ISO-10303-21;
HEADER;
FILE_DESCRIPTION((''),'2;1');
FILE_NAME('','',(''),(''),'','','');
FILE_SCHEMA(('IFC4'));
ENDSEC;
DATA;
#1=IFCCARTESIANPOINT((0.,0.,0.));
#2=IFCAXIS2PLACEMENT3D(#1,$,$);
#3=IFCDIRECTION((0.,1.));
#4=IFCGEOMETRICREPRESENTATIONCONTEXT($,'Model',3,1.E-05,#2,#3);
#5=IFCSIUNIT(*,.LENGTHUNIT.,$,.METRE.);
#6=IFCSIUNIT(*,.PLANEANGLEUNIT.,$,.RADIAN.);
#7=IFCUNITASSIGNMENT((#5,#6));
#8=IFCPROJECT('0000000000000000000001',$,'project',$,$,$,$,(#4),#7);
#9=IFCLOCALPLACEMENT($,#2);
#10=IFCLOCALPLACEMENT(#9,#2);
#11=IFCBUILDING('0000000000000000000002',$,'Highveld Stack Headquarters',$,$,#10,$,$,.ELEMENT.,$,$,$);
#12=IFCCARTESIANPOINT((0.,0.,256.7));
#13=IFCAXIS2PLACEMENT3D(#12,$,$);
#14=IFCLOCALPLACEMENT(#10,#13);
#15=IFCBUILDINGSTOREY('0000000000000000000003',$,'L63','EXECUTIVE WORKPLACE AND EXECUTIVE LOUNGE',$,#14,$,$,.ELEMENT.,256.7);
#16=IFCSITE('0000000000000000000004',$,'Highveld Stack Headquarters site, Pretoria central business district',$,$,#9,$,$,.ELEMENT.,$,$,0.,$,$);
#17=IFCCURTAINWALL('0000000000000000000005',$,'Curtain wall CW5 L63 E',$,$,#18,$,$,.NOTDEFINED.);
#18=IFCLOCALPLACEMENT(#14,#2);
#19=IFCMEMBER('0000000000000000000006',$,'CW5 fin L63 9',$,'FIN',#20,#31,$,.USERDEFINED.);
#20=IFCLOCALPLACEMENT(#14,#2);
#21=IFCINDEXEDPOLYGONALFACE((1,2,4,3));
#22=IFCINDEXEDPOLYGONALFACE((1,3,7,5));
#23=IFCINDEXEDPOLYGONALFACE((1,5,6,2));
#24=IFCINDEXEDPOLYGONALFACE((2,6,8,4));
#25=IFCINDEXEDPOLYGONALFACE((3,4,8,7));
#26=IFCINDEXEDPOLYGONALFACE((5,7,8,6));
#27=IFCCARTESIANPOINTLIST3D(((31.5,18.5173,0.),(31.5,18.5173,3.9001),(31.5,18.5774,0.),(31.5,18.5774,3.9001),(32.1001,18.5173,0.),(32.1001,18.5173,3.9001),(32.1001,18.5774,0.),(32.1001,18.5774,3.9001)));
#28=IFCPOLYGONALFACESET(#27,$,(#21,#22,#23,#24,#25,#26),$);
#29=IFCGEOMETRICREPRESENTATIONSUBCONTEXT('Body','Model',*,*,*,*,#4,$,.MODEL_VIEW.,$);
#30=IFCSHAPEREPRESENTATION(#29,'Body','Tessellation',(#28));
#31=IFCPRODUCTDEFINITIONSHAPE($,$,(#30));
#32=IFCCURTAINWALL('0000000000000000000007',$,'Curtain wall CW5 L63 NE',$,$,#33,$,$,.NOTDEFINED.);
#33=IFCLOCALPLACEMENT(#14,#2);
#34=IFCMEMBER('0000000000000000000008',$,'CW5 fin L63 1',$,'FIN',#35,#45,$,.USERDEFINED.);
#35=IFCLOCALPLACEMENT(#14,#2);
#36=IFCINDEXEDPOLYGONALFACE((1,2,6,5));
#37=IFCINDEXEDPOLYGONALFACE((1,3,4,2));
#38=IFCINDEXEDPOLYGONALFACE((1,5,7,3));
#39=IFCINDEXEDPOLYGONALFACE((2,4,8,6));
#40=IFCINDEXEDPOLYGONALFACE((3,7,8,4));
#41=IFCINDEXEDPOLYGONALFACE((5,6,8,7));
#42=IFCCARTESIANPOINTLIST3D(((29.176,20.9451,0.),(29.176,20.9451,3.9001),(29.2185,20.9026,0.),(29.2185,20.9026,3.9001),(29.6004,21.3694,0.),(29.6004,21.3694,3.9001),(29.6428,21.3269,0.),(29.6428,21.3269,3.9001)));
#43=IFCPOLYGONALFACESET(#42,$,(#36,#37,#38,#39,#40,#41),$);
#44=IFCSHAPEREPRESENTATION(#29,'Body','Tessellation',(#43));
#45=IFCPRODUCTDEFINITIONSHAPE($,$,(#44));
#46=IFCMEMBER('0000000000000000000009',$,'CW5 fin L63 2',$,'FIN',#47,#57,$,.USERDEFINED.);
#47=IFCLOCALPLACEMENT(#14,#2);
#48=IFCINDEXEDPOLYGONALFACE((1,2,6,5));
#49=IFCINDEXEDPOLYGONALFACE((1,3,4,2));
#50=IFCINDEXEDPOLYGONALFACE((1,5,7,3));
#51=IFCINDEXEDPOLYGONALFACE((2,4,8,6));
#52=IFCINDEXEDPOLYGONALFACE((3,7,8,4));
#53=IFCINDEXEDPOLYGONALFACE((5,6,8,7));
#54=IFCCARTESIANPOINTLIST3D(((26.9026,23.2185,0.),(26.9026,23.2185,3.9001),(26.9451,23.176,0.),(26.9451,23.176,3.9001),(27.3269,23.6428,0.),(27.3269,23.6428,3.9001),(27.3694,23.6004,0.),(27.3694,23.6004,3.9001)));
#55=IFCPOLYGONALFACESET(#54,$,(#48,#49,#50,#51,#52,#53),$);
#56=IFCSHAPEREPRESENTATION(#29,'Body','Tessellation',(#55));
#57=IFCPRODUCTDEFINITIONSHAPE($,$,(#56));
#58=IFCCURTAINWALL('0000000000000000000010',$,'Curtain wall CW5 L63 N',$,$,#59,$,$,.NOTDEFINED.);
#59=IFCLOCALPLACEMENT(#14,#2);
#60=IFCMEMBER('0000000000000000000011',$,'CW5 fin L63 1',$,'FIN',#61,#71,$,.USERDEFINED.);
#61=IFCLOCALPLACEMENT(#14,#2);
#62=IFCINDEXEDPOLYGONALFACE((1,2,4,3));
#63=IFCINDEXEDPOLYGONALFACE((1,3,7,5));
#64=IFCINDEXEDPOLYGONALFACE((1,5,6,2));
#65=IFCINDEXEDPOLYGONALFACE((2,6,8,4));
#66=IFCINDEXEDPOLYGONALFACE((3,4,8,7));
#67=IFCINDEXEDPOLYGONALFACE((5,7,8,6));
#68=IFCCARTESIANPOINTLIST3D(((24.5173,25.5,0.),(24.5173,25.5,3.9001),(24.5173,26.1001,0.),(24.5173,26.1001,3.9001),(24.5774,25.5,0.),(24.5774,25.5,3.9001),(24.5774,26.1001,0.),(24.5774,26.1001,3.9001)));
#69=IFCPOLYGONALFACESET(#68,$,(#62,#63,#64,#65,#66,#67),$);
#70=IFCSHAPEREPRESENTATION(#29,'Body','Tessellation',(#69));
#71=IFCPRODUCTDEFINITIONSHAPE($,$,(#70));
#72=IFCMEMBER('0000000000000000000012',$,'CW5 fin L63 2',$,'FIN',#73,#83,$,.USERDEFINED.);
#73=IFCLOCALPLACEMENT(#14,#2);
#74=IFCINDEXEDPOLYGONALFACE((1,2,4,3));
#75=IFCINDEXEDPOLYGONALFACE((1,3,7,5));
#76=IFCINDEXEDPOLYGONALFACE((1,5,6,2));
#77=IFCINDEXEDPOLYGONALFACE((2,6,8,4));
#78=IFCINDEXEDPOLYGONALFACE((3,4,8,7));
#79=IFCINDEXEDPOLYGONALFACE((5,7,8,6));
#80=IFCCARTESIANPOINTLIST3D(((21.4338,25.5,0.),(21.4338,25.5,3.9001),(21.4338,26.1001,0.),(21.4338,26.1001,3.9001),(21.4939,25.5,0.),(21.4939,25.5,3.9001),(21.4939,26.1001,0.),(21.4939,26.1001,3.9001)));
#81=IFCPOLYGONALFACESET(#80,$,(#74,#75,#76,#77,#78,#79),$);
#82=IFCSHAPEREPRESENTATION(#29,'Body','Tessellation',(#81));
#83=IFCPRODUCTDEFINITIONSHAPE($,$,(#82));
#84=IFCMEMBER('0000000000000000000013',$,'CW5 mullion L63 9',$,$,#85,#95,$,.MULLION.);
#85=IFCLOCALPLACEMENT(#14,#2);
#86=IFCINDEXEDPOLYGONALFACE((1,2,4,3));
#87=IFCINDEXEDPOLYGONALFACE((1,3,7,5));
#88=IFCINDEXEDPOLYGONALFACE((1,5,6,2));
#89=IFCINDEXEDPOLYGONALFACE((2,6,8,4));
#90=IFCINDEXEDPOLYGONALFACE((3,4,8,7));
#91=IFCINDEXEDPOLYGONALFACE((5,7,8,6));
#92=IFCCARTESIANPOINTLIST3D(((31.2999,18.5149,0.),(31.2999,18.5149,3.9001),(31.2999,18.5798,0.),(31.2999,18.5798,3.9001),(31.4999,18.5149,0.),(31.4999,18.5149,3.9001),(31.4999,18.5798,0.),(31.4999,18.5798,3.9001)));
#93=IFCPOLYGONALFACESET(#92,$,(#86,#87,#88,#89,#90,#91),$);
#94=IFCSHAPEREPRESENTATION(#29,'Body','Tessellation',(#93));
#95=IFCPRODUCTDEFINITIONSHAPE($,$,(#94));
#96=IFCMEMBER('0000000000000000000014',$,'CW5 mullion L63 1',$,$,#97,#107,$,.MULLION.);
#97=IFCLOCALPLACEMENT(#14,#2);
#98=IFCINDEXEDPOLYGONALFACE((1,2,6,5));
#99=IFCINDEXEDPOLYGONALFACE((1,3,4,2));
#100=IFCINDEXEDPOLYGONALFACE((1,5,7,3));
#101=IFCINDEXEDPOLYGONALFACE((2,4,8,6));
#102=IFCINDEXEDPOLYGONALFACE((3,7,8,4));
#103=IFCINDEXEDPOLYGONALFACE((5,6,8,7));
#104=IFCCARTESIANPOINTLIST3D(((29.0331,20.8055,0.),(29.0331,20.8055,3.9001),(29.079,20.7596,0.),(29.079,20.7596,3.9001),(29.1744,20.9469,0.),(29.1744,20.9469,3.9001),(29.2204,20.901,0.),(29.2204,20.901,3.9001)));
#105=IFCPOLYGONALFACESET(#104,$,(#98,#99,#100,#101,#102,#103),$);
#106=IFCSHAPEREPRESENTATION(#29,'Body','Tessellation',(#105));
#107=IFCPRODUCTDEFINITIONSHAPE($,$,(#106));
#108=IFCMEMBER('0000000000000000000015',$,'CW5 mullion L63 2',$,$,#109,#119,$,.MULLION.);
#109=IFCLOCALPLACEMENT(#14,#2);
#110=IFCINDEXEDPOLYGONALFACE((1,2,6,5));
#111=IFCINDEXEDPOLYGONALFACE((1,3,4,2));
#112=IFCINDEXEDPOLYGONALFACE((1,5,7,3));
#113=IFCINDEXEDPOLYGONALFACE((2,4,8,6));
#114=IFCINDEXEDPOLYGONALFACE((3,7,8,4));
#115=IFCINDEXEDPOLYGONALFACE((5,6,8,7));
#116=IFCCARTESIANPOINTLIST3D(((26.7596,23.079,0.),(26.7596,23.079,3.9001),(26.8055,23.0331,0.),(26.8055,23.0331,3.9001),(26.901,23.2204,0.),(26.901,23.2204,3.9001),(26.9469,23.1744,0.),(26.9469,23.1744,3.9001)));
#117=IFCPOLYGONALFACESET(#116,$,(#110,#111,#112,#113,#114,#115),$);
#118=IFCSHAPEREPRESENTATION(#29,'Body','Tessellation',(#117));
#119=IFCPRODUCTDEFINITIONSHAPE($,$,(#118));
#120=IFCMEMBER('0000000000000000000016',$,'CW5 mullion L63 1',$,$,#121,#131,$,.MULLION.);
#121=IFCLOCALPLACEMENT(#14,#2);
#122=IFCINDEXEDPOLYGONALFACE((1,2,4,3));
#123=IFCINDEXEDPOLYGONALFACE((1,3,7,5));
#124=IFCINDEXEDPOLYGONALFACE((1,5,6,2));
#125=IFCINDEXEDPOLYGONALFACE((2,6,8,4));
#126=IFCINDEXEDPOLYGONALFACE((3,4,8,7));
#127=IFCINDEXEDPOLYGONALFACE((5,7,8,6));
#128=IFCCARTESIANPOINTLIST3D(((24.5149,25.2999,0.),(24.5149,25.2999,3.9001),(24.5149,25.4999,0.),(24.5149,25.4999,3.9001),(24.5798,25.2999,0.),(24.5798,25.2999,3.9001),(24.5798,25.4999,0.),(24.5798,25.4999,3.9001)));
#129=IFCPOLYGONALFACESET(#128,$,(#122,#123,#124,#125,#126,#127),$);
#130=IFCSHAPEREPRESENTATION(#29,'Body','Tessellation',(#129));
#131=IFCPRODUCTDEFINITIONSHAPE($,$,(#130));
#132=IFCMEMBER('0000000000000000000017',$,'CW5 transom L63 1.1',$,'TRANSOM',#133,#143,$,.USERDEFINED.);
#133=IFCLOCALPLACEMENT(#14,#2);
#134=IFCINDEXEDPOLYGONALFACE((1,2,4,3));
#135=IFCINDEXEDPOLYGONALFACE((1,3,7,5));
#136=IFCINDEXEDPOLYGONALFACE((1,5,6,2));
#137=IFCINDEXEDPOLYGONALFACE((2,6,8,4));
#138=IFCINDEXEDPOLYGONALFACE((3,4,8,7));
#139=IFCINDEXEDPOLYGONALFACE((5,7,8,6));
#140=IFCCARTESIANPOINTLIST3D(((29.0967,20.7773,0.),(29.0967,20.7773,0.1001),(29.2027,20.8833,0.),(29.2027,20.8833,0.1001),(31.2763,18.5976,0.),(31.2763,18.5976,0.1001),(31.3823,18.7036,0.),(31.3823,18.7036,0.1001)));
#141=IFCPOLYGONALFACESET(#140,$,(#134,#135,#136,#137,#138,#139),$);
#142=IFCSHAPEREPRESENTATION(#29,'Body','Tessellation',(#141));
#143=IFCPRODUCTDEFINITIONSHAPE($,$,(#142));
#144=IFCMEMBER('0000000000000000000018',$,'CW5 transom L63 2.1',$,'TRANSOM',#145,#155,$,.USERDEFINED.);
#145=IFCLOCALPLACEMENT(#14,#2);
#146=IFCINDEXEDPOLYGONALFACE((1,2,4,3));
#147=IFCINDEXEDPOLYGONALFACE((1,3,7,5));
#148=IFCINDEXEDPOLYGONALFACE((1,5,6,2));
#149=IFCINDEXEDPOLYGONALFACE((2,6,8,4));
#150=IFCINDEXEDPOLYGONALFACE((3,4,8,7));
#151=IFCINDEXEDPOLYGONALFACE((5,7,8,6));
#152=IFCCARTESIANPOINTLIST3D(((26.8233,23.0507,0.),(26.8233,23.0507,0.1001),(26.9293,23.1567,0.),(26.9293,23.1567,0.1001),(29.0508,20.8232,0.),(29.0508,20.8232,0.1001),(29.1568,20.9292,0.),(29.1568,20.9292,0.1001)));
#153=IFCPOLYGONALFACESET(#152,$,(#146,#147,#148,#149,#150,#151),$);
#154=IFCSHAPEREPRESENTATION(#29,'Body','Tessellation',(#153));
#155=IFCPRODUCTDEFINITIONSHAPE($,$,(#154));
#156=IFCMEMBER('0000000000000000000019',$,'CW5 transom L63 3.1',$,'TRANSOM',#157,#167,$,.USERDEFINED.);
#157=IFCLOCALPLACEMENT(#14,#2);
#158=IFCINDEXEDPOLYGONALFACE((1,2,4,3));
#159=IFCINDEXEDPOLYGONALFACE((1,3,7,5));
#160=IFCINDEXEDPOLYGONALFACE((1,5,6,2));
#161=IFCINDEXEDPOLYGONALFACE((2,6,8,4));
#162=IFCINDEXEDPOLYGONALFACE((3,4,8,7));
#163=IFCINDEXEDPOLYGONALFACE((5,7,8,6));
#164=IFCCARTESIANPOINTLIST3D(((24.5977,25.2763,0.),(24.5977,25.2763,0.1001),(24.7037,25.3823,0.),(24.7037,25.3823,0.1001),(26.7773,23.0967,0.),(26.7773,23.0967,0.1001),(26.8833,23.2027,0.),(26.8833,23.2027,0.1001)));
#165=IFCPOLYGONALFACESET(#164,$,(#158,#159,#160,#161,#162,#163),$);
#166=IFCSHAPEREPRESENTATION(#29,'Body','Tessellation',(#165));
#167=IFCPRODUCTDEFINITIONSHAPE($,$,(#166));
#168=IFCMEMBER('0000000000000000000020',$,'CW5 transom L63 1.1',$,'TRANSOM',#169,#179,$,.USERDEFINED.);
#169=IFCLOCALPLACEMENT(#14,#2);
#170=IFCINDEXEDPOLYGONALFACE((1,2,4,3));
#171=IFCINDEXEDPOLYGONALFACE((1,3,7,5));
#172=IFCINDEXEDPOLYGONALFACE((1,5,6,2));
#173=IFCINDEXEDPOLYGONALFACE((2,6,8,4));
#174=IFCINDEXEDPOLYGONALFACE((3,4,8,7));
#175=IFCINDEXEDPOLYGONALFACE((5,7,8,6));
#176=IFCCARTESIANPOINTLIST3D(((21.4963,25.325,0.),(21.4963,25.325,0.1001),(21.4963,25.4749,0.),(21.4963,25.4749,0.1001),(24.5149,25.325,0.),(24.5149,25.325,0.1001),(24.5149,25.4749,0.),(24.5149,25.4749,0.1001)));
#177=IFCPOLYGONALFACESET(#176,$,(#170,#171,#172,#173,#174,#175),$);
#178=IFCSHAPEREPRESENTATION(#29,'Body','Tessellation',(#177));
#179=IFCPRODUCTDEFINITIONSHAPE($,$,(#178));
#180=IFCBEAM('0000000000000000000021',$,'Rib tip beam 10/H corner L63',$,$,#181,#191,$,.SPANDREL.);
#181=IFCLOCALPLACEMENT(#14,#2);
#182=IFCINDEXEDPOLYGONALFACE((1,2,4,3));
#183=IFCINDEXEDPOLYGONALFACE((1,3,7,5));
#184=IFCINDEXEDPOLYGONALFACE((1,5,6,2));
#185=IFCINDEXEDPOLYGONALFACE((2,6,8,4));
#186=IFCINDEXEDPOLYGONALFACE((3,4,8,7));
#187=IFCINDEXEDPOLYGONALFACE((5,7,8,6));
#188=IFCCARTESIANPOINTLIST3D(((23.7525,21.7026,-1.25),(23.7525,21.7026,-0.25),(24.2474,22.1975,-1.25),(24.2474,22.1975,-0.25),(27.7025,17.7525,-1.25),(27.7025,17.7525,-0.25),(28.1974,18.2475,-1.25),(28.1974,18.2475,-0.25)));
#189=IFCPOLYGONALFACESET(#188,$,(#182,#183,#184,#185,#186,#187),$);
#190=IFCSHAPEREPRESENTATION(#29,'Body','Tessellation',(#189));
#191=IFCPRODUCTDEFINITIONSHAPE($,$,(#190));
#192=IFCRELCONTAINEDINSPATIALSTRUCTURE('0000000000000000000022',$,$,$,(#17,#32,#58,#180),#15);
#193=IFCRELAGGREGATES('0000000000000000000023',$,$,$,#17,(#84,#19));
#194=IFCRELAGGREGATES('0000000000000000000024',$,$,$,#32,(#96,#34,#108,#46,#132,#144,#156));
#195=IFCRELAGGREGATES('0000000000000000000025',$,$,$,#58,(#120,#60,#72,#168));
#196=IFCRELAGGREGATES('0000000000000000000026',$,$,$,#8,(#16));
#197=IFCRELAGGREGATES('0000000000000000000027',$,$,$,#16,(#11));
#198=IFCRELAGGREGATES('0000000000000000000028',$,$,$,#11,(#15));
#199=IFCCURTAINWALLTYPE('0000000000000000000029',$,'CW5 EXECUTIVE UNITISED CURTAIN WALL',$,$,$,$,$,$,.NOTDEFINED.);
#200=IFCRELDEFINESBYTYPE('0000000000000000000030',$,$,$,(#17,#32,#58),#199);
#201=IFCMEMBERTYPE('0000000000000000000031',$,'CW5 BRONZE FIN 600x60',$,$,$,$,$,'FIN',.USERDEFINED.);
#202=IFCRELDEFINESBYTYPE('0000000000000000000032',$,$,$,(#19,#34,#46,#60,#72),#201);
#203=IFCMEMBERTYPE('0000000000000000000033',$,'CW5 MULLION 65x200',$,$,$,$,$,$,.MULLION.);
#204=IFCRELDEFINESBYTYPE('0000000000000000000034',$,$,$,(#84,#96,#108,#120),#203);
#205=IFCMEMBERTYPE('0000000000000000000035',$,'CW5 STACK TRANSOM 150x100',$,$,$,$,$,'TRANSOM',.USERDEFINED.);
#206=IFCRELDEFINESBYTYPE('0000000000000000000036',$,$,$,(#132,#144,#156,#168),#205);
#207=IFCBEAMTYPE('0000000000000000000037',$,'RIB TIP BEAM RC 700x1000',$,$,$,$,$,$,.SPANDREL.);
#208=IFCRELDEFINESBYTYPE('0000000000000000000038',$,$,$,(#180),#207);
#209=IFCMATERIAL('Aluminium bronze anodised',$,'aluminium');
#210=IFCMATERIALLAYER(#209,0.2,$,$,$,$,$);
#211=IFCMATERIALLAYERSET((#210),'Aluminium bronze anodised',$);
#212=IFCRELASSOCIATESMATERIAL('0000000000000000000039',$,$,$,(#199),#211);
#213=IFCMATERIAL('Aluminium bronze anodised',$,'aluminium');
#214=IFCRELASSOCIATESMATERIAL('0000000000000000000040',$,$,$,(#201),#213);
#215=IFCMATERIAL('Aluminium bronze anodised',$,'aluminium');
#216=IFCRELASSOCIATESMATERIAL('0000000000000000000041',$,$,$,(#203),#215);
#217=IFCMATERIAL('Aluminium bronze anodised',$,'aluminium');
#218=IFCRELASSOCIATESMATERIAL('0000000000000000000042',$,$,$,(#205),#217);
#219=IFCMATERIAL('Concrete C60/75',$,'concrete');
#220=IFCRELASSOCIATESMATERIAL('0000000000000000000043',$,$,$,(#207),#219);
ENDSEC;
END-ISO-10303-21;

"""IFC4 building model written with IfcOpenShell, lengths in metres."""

from ifc_helpers import new_model, si_unit, direction, frame, origin, origin_2d, place, context, subcontext, project, spatial, rectangle, extrude, material, layer, layer_set, material_profile, profile_set, type_object, element, aggregate, save


model = new_model("IFC4")

# Units and contexts
model_context = context("Model", 3, precision=1e-05, world=origin(), true_north=direction((0.0, 1.0)))
body_context = subcontext(model_context, "Body", "Model", "MODEL_VIEW")
ifc_project = project(units=[si_unit("LENGTHUNIT", "METRE"), si_unit("PLANEANGLEUNIT", "RADIAN")], contexts=[model_context])

# Site, building, storey
site_placement = place(None, origin())
site = spatial("IfcSite", under=ifc_project, at=site_placement, Name="Highveld Stack Headquarters site, Pretoria central business district", CompositionType="ELEMENT", RefElevation=0.0)
building_placement = place(site_placement, origin())
building = spatial("IfcBuilding", under=site, at=building_placement, Name="Highveld Stack Headquarters", CompositionType="ELEMENT")
storey_placement = place(building_placement, frame((0.0, 0.0, 256.7)))
storey = spatial("IfcBuildingStorey", under=building, at=storey_placement, Name="L63", Description="EXECUTIVE WORKPLACE AND EXECUTIVE LOUNGE", CompositionType="ELEMENT", Elevation=256.7)

# Curtain wall, member
ifc_material_1 = material(Name="Aluminium bronze anodised", Category="aluminium")
ifc_layer_1 = layer(ifc_material_1, 0.2)
ifc_layer_set_1 = layer_set([ifc_layer_1], Name="Aluminium bronze anodised")
curtain_wall_type = type_object("IfcCurtainWallType", Name="CW5 EXECUTIVE UNITISED CURTAIN WALL", PredefinedType="NOTDEFINED", material=ifc_layer_set_1)
curtain_wall_1_placement = place(storey_placement, origin())
curtain_wall_1 = element("IfcCurtainWall", 1, at=curtain_wall_1_placement, inside=storey, type_object=curtain_wall_type, Name="Curtain wall CW5 L63 E", PredefinedType="NOTDEFINED")
ifc_material_2 = material(Name="Aluminium bronze anodised", Category="aluminium")
ifc_material_profile_1 = material_profile(ifc_material_2, rectangle(XDim=0.6001, YDim=0.0601, at=origin_2d()), Name="FIN 600x60")
ifc_profile_set_1 = profile_set([ifc_material_profile_1], Name="Aluminium bronze anodised")
member_type_1 = type_object("IfcMemberType", Name="CW5 BRONZE FIN 600x60", ElementType="FIN", PredefinedType="USERDEFINED", material=ifc_profile_set_1)
member_1_placement = place(storey_placement, frame((31.8, 18.5474, 0.0), z_axis=(0.0, 0.0, 1.0), x_axis=(-1.0, 0.0, 0.0)))
member_1 = element("IfcMember", 2, at=member_1_placement, type_object=member_type_1, Name="CW5 fin L63 9", ObjectType="FIN", PredefinedType="USERDEFINED", context=body_context, shape_type="SweptSolid", body=[
    extrude(rectangle(XDim=0.6001, YDim=0.0601, at=origin_2d()), origin(), (0.0, 0.0, 1.0), 3.9001),
])

# Curtain walls, members
curtain_wall_2_placement = place(storey_placement, origin())
curtain_wall_2 = element("IfcCurtainWall", 3, at=curtain_wall_2_placement, inside=storey, type_object=curtain_wall_type, Name="Curtain wall CW5 L63 NE", PredefinedType="NOTDEFINED")
member_2_placement = place(storey_placement, frame((29.4094, 21.136, 0.0), z_axis=(0.0, 0.0, 1.0), x_axis=(-0.707107, -0.707107, 0.0)))
member_2 = element("IfcMember", 4, at=member_2_placement, type_object=member_type_1, Name="CW5 fin L63 1", ObjectType="FIN", PredefinedType="USERDEFINED", context=body_context, shape_type="SweptSolid", body=[
    extrude(rectangle(XDim=0.6001, YDim=0.0601, at=origin_2d()), origin(), (0.0, 0.0, 1.0), 3.9001),
])
member_3_placement = place(storey_placement, frame((27.136, 23.4094, 0.0), z_axis=(0.0, 0.0, 1.0), x_axis=(-0.707107, -0.707107, 0.0)))
member_3 = element("IfcMember", 5, at=member_3_placement, type_object=member_type_1, Name="CW5 fin L63 2", ObjectType="FIN", PredefinedType="USERDEFINED", context=body_context, shape_type="SweptSolid", body=[
    extrude(rectangle(XDim=0.6001, YDim=0.0601, at=origin_2d()), origin(), (0.0, 0.0, 1.0), 3.9001),
])
curtain_wall_3_placement = place(storey_placement, origin())
curtain_wall_3 = element("IfcCurtainWall", 6, at=curtain_wall_3_placement, inside=storey, type_object=curtain_wall_type, Name="Curtain wall CW5 L63 N", PredefinedType="NOTDEFINED")
member_4_placement = place(storey_placement, frame((24.5474, 25.8, 0.0), z_axis=(0.0, 0.0, 1.0), x_axis=(0.0, -1.0, 0.0)))
member_4 = element("IfcMember", 7, at=member_4_placement, type_object=member_type_1, Name="CW5 fin L63 1", ObjectType="FIN", PredefinedType="USERDEFINED", context=body_context, shape_type="SweptSolid", body=[
    extrude(rectangle(XDim=0.6001, YDim=0.0601, at=origin_2d()), origin(), (0.0, 0.0, 1.0), 3.9001),
])
member_5_placement = place(storey_placement, frame((21.4639, 25.8, 0.0), z_axis=(0.0, 0.0, 1.0), x_axis=(0.0, -1.0, 0.0)))
member_5 = element("IfcMember", 8, at=member_5_placement, type_object=member_type_1, Name="CW5 fin L63 2", ObjectType="FIN", PredefinedType="USERDEFINED", context=body_context, shape_type="SweptSolid", body=[
    extrude(rectangle(XDim=0.6001, YDim=0.0601, at=origin_2d()), origin(), (0.0, 0.0, 1.0), 3.9001),
])

# Members
ifc_material_3 = material(Name="Aluminium bronze anodised", Category="aluminium")
ifc_material_profile_2 = material_profile(ifc_material_3, rectangle(XDim=0.2, YDim=0.0649, at=origin_2d()), Name="CW5 MULLION 65x200")
ifc_profile_set_2 = profile_set([ifc_material_profile_2], Name="Aluminium bronze anodised")
member_type_2 = type_object("IfcMemberType", Name="CW5 MULLION 65x200", PredefinedType="MULLION", material=ifc_profile_set_2)
member_6_placement = place(storey_placement, frame((31.3999, 18.5474, 0.0), z_axis=(0.0, 0.0, 1.0), x_axis=(-1.0, 0.0, 0.0)))
member_6 = element("IfcMember", 9, at=member_6_placement, type_object=member_type_2, Name="CW5 mullion L63 9", PredefinedType="MULLION", context=body_context, shape_type="SweptSolid", body=[
    extrude(rectangle(XDim=0.2, YDim=0.0649, at=origin_2d()), origin(), (0.0, 0.0, 1.0), 3.9001),
])
aggregate(curtain_wall_1, [member_6, member_1])
member_7_placement = place(storey_placement, frame((29.1267, 20.8533, 0.0), z_axis=(0.0, 0.0, 1.0), x_axis=(-0.707107, -0.707107, 0.0)))
member_7 = element("IfcMember", 10, at=member_7_placement, type_object=member_type_2, Name="CW5 mullion L63 1", PredefinedType="MULLION", context=body_context, shape_type="SweptSolid", body=[
    extrude(rectangle(XDim=0.2, YDim=0.0649, at=origin_2d()), origin(), (0.0, 0.0, 1.0), 3.9001),
])
member_8_placement = place(storey_placement, frame((26.8533, 23.1267, 0.0), z_axis=(0.0, 0.0, 1.0), x_axis=(-0.707107, -0.707107, 0.0)))
member_8 = element("IfcMember", 11, at=member_8_placement, type_object=member_type_2, Name="CW5 mullion L63 2", PredefinedType="MULLION", context=body_context, shape_type="SweptSolid", body=[
    extrude(rectangle(XDim=0.2, YDim=0.0649, at=origin_2d()), origin(), (0.0, 0.0, 1.0), 3.9001),
])
member_9_placement = place(storey_placement, frame((24.5474, 25.3999, 0.0), z_axis=(0.0, 0.0, 1.0), x_axis=(0.0, -1.0, 0.0)))
member_9 = element("IfcMember", 12, at=member_9_placement, type_object=member_type_2, Name="CW5 mullion L63 1", PredefinedType="MULLION", context=body_context, shape_type="SweptSolid", body=[
    extrude(rectangle(XDim=0.2, YDim=0.0649, at=origin_2d()), origin(), (0.0, 0.0, 1.0), 3.9001),
])
ifc_material_4 = material(Name="Aluminium bronze anodised", Category="aluminium")
ifc_material_profile_3 = material_profile(ifc_material_4, rectangle(XDim=0.1499, YDim=0.1001, at=origin_2d()), Name="CW5 TRANSOM 150x100")
ifc_profile_set_3 = profile_set([ifc_material_profile_3], Name="Aluminium bronze anodised")
member_type_3 = type_object("IfcMemberType", Name="CW5 STACK TRANSOM 150x100", ElementType="TRANSOM", PredefinedType="USERDEFINED", material=ifc_profile_set_3)
member_10_placement = place(storey_placement, frame((31.3293, 18.6506, 0.05), z_axis=(-0.707107, 0.707107, 0.0), x_axis=(-0.707107, -0.707107, 0.0)))
member_10 = element("IfcMember", 13, at=member_10_placement, type_object=member_type_3, Name="CW5 transom L63 1.1", ObjectType="TRANSOM", PredefinedType="USERDEFINED", context=body_context, shape_type="SweptSolid", body=[
    extrude(rectangle(XDim=0.1499, YDim=0.1001, at=origin_2d()), origin(), (0.0, 0.0, 1.0), 3.0825),
])
member_11_placement = place(storey_placement, frame((29.1038, 20.8762, 0.05), z_axis=(-0.707107, 0.707107, 0.0), x_axis=(-0.707107, -0.707107, 0.0)))
member_11 = element("IfcMember", 14, at=member_11_placement, type_object=member_type_3, Name="CW5 transom L63 2.1", ObjectType="TRANSOM", PredefinedType="USERDEFINED", context=body_context, shape_type="SweptSolid", body=[
    extrude(rectangle(XDim=0.1499, YDim=0.1001, at=origin_2d()), origin(), (0.0, 0.0, 1.0), 3.1501),
])
member_12_placement = place(storey_placement, frame((26.8303, 23.1497, 0.05), z_axis=(-0.707107, 0.707107, 0.0), x_axis=(-0.707107, -0.707107, 0.0)))
member_12 = element("IfcMember", 15, at=member_12_placement, type_object=member_type_3, Name="CW5 transom L63 3.1", ObjectType="TRANSOM", PredefinedType="USERDEFINED", context=body_context, shape_type="SweptSolid", body=[
    extrude(rectangle(XDim=0.1499, YDim=0.1001, at=origin_2d()), origin(), (0.0, 0.0, 1.0), 3.0825),
])
member_13_placement = place(storey_placement, frame((24.5149, 25.3999, 0.05), z_axis=(-1.0, 0.0, 0.0), x_axis=(0.0, -1.0, 0.0)))
member_13 = element("IfcMember", 16, at=member_13_placement, type_object=member_type_3, Name="CW5 transom L63 1.1", ObjectType="TRANSOM", PredefinedType="USERDEFINED", context=body_context, shape_type="SweptSolid", body=[
    extrude(rectangle(XDim=0.1499, YDim=0.1001, at=origin_2d()), origin(), (0.0, 0.0, 1.0), 3.0186),
])

# Beam
ifc_material_5 = material(Name="Concrete C60/75", Category="concrete")
ifc_material_profile_4 = material_profile(ifc_material_5, rectangle(XDim=0.7, YDim=1.0, at=origin_2d()), Name="RC 700x1000")
ifc_profile_set_4 = profile_set([ifc_material_profile_4], Name="Concrete C60/75")
beam_type = type_object("IfcBeamType", Name="RIB TIP BEAM RC 700x1000", PredefinedType="SPANDREL", material=ifc_profile_set_4)
beam_placement = place(storey_placement, frame((27.95, 18.0, -0.75), z_axis=(-0.707107, 0.707107, 0.0), x_axis=(-0.707107, -0.707107, 0.0)))
element("IfcBeam", 17, at=beam_placement, inside=storey, type_object=beam_type, Name="Rib tip beam 10/H corner L63", PredefinedType="SPANDREL", context=body_context, shape_type="SweptSolid", body=[
    extrude(rectangle(XDim=0.7, YDim=1.0, at=origin_2d()), origin(), (0.0, 0.0, 1.0), 5.5862),
])

aggregate(curtain_wall_2, [member_7, member_2, member_8, member_3, member_10, member_11, member_12])
aggregate(curtain_wall_3, [member_9, member_4, member_5, member_13])

save(model, "model.ifc")
